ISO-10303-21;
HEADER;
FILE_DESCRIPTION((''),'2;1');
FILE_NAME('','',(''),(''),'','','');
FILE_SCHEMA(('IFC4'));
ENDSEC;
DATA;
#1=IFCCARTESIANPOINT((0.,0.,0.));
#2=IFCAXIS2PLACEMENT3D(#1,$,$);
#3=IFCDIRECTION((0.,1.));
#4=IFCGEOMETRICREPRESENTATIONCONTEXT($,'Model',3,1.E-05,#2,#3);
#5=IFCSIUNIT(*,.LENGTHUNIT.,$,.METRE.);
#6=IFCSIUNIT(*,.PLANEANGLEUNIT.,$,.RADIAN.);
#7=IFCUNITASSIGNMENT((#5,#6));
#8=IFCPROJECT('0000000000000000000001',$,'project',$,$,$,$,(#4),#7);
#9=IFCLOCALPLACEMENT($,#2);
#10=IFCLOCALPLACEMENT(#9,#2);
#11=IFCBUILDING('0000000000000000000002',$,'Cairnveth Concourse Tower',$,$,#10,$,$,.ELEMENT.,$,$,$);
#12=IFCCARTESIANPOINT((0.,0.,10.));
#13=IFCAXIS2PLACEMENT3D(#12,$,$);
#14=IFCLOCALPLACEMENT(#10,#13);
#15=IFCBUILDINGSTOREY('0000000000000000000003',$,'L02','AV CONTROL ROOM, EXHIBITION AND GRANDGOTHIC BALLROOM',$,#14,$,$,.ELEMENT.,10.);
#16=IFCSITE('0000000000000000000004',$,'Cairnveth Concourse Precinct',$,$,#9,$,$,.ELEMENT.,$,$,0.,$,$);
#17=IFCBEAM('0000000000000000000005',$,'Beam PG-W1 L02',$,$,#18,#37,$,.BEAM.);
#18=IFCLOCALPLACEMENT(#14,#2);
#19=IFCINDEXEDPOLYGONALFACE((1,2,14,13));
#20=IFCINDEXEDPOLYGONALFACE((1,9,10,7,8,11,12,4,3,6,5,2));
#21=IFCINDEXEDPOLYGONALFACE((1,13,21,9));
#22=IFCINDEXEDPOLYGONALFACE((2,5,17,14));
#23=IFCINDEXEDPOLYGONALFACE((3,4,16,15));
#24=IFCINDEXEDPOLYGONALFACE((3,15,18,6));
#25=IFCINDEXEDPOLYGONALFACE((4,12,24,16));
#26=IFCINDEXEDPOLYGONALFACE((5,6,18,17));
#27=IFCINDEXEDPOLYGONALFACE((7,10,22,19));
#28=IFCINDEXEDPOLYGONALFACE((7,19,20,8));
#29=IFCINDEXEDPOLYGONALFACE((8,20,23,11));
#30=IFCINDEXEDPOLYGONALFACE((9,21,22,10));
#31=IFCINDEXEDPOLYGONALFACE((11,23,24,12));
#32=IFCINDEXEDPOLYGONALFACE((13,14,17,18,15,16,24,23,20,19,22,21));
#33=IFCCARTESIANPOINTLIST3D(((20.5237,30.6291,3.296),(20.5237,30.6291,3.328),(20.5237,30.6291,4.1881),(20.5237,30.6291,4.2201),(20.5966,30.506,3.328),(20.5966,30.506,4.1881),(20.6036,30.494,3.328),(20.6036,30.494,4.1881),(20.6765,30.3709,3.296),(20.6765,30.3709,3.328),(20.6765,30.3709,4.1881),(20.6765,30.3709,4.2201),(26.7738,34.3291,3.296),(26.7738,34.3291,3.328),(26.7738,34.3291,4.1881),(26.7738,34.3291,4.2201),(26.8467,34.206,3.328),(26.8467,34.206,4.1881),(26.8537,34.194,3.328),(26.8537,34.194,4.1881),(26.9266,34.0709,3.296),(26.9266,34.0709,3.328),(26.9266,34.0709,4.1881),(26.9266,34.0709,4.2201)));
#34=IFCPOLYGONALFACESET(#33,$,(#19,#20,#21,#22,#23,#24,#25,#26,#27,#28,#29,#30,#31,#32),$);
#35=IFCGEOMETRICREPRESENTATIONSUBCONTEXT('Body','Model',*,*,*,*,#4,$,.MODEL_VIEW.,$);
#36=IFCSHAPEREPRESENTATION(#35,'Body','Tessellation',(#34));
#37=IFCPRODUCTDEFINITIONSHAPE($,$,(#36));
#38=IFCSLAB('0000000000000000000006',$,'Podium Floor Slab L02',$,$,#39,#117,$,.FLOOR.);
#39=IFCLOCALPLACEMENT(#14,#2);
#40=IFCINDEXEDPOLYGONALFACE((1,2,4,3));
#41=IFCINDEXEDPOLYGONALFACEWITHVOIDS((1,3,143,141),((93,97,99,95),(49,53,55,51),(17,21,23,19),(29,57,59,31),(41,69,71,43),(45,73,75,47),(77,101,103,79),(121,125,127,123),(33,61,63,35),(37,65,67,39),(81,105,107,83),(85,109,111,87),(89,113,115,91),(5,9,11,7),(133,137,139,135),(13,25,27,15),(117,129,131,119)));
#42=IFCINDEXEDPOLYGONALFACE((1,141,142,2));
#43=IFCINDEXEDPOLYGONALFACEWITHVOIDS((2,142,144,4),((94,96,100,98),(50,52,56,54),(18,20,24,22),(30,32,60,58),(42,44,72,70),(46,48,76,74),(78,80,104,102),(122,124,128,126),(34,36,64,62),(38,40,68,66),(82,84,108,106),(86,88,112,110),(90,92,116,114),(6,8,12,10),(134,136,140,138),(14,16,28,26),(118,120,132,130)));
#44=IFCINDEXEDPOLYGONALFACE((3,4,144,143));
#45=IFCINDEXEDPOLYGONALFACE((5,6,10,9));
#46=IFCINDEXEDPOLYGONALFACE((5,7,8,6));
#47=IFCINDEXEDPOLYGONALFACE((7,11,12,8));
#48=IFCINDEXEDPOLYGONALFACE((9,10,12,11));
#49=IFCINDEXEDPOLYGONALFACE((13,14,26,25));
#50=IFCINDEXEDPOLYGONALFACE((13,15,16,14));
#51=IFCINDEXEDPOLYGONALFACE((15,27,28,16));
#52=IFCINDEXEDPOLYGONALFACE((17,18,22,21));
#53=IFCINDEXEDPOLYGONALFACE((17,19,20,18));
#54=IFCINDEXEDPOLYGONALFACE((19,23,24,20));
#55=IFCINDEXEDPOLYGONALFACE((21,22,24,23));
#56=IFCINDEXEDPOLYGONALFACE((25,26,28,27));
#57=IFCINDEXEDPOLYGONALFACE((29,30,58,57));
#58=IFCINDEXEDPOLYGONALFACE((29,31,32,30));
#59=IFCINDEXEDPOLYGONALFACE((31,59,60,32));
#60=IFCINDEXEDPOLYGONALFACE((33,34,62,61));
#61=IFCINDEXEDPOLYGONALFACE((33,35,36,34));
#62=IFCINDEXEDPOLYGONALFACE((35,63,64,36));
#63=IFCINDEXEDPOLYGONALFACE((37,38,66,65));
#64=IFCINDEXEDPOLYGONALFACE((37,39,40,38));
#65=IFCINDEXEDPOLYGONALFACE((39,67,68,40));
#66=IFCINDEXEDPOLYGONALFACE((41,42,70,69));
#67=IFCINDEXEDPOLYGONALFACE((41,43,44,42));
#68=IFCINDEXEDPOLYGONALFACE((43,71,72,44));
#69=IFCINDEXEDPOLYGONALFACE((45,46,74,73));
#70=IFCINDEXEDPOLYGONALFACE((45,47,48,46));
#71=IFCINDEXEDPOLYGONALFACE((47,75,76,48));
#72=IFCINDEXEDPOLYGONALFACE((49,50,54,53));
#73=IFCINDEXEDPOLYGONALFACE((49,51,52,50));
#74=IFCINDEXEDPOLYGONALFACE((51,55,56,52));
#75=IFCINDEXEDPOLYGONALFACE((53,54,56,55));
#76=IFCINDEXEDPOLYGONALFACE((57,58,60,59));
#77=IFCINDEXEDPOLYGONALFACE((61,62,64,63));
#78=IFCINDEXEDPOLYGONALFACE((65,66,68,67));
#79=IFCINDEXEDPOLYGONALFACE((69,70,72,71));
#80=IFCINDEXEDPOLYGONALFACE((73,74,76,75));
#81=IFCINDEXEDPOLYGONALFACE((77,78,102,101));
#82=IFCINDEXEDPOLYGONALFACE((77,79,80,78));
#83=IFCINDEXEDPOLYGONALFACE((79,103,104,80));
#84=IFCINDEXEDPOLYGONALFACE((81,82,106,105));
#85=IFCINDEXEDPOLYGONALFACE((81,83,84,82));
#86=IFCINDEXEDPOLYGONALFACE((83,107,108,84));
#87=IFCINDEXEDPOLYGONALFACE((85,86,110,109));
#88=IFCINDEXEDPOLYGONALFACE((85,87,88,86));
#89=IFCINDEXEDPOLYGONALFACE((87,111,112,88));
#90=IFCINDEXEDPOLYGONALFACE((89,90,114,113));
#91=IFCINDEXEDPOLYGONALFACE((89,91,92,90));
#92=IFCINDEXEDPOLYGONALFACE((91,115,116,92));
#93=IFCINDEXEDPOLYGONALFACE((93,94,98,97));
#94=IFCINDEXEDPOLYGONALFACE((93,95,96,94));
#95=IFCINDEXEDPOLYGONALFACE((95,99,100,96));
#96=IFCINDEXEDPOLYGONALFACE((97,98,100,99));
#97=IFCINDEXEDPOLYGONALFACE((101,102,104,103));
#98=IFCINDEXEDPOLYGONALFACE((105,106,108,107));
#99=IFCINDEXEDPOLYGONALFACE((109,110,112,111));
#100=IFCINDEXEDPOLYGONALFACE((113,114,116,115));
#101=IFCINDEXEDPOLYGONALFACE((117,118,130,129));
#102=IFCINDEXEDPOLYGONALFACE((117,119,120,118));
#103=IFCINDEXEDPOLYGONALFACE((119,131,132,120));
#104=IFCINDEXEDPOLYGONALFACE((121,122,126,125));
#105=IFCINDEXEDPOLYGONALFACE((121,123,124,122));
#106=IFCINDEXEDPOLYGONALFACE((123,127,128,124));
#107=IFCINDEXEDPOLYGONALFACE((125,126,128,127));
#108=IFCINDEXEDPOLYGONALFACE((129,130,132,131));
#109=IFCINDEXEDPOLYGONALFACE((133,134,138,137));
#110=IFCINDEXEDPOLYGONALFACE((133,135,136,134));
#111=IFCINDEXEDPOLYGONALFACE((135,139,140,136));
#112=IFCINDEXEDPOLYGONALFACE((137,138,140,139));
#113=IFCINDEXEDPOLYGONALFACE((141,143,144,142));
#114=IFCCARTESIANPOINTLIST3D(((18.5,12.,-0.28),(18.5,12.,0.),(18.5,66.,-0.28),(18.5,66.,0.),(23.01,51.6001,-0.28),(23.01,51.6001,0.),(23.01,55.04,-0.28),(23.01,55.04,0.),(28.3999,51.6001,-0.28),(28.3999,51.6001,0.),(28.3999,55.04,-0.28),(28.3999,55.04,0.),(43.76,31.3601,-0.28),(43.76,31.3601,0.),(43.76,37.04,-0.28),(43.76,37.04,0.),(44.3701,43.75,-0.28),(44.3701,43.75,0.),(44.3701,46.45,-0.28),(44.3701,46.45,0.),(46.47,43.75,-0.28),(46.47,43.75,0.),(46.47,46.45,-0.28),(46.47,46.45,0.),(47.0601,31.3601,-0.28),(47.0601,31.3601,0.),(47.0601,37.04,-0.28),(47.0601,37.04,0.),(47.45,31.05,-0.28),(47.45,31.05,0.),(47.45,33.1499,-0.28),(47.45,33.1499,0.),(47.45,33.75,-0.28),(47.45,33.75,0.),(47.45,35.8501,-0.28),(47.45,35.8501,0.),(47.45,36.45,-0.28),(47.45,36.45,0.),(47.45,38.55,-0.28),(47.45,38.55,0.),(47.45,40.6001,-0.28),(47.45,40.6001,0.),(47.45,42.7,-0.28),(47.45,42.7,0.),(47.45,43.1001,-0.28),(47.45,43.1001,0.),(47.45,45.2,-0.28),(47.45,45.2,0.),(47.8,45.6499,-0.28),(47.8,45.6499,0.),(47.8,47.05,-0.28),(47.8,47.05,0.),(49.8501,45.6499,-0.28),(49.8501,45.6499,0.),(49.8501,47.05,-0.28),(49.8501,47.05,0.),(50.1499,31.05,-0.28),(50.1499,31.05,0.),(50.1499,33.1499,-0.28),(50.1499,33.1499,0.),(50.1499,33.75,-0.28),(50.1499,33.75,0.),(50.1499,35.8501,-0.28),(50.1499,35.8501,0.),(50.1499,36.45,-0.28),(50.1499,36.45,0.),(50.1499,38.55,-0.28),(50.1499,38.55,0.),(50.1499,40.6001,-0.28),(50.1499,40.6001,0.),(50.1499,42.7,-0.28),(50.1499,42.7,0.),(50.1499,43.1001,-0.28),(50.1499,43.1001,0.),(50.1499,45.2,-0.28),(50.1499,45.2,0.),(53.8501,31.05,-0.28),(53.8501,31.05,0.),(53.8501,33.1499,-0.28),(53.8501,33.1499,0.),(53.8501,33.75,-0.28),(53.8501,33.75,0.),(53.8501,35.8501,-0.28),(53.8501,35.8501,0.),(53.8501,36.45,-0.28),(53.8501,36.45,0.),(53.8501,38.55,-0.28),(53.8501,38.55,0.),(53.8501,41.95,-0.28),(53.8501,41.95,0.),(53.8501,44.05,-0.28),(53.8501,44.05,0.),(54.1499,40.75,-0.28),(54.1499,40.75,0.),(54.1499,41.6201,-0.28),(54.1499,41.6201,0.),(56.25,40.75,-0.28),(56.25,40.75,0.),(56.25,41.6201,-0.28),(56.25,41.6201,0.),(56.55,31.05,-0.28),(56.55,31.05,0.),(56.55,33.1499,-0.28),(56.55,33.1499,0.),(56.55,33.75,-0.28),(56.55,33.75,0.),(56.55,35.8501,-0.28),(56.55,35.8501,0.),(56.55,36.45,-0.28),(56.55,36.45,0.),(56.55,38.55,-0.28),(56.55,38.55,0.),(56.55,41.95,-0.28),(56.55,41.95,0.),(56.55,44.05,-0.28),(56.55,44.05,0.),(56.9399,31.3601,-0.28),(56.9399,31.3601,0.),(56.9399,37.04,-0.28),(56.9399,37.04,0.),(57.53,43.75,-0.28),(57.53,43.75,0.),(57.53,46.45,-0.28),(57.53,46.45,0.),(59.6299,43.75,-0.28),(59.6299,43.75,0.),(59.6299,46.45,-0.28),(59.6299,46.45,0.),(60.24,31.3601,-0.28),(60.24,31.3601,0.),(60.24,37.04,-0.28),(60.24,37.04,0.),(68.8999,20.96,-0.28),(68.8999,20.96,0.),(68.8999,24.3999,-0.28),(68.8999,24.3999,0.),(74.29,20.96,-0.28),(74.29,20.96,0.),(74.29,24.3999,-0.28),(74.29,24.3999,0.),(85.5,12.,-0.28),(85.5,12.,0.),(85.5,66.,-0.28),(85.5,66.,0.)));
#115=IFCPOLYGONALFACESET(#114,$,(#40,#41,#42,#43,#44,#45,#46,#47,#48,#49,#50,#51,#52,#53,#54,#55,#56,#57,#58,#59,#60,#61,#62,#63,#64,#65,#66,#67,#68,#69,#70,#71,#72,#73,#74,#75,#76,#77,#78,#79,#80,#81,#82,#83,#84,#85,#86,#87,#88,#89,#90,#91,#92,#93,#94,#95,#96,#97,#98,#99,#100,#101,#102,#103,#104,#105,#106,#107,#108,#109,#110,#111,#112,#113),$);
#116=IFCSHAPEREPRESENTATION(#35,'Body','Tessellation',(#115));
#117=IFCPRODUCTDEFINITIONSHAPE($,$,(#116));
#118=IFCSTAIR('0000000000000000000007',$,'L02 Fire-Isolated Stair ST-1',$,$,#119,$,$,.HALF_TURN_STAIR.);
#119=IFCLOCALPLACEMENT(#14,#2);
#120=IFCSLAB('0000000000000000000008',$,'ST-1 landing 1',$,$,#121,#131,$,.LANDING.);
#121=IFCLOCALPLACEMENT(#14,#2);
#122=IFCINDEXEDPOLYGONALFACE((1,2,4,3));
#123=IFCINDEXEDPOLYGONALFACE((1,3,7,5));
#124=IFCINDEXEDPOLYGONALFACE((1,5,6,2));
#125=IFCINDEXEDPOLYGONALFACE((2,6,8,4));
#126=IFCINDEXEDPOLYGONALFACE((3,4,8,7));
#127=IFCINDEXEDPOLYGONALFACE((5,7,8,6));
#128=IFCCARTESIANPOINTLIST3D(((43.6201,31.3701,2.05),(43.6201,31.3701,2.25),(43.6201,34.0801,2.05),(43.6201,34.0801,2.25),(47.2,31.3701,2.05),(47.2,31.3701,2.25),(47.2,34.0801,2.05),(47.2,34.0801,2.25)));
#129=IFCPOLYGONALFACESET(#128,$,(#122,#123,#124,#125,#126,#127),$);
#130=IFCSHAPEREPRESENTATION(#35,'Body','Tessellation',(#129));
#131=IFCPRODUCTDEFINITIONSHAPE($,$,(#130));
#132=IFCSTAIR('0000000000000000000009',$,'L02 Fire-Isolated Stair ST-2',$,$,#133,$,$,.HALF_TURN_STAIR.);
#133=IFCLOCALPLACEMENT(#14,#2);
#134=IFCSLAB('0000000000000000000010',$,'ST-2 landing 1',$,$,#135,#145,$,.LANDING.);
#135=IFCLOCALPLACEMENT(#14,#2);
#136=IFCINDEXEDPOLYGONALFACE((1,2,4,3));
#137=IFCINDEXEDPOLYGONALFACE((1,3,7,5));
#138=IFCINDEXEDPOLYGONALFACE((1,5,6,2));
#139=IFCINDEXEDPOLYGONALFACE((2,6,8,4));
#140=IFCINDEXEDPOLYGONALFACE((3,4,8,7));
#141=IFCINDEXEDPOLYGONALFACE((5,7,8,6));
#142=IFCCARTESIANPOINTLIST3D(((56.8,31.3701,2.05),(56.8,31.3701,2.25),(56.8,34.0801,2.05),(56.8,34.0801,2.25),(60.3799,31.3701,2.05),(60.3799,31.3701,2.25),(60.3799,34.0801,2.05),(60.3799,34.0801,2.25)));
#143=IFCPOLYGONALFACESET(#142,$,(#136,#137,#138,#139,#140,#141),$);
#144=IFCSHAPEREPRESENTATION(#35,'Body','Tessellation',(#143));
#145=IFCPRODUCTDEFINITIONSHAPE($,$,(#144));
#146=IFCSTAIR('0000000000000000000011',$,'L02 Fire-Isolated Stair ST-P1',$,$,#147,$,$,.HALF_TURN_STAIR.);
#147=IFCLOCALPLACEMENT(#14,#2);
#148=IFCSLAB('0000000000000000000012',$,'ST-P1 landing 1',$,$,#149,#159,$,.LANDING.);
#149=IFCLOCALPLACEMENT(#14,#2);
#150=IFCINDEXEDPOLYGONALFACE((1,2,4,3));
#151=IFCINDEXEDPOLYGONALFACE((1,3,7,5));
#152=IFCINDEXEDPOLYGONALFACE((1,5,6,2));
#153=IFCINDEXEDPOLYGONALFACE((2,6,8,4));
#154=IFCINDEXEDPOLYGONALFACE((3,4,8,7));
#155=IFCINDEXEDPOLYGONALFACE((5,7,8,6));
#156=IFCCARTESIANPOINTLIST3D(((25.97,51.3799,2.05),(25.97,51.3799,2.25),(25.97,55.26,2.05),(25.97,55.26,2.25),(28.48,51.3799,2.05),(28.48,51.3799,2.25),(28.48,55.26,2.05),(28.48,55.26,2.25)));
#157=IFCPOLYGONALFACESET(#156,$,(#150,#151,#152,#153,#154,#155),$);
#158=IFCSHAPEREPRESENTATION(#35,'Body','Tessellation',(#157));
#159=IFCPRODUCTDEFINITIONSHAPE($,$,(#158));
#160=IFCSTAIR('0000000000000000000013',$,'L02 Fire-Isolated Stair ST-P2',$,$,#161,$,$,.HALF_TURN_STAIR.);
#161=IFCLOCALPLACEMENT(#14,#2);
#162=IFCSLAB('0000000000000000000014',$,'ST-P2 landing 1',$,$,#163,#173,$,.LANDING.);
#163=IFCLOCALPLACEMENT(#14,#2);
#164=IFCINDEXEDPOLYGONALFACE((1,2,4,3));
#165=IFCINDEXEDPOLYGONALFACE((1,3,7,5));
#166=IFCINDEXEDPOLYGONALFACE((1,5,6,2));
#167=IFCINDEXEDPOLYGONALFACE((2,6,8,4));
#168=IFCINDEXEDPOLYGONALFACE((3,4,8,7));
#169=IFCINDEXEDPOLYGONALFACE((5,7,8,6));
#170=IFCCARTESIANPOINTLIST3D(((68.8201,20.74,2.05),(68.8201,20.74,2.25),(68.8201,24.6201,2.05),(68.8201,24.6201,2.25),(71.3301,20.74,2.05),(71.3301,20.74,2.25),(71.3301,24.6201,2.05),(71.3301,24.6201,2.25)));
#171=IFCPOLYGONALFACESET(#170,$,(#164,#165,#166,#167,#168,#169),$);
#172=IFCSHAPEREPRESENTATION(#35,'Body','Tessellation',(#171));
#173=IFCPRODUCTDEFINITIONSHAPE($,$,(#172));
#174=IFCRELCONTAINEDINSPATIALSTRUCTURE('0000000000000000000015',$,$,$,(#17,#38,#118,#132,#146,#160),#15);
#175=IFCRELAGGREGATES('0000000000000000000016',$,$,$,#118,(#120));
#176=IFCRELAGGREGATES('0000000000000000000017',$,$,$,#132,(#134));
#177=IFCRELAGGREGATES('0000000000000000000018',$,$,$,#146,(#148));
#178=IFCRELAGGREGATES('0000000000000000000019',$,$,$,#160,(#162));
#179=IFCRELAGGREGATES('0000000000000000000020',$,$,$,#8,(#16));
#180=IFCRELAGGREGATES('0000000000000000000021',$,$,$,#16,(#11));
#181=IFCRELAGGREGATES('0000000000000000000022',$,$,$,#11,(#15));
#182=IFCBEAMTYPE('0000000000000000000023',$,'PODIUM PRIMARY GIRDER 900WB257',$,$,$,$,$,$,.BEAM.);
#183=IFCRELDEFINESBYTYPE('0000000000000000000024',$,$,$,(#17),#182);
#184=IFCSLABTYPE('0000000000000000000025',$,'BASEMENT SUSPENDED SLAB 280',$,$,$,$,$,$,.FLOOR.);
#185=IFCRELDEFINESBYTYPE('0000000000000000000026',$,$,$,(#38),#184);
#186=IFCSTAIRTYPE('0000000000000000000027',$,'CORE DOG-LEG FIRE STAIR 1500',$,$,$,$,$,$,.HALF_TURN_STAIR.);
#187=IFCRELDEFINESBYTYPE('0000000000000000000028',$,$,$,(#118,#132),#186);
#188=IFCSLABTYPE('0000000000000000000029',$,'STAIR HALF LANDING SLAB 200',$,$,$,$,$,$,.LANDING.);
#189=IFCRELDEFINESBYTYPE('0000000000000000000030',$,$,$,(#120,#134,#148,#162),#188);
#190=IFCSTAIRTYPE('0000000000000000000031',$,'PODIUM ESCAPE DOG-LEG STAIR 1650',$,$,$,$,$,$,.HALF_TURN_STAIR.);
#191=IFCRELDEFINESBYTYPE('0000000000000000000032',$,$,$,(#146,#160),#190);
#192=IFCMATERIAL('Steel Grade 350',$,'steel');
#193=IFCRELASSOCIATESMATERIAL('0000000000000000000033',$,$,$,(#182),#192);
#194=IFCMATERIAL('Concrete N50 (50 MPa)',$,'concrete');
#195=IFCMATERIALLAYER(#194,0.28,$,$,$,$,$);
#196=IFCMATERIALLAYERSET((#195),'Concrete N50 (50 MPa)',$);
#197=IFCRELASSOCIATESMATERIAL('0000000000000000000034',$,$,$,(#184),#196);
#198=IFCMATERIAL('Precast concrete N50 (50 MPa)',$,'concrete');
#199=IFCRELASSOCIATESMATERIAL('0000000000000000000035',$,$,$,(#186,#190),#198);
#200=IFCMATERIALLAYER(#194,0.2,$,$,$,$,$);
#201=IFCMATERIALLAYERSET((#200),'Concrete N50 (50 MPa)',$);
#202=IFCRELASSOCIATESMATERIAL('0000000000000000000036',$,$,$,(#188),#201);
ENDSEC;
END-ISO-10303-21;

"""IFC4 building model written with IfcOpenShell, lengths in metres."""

from ifc_helpers import new_model, si_unit, direction, frame, origin, origin_2d, place, context, subcontext, project, spatial, polyline, i_section, outline, extrude, material, layer, layer_set, material_profile, profile_set, type_object, element, aggregate, save


model = new_model("IFC4")

# Units and contexts
model_context = context("Model", 3, precision=1e-05, world=origin(), true_north=direction((0.0, 1.0)))
body_context = subcontext(model_context, "Body", "Model", "MODEL_VIEW")
ifc_project = project(units=[si_unit("LENGTHUNIT", "METRE"), si_unit("PLANEANGLEUNIT", "RADIAN")], contexts=[model_context])

# Site, building, storey
site_placement = place(None, origin())
site = spatial("IfcSite", under=ifc_project, at=site_placement, Name="Cairnveth Concourse Precinct", CompositionType="ELEMENT", RefElevation=0.0)
building_placement = place(site_placement, origin())
building = spatial("IfcBuilding", under=site, at=building_placement, Name="Cairnveth Concourse Tower", CompositionType="ELEMENT")
storey_placement = place(building_placement, frame((0.0, 0.0, 10.0)))
storey = spatial("IfcBuildingStorey", under=building, at=storey_placement, Name="L02", Description="AV CONTROL ROOM, EXHIBITION AND GRANDGOTHIC BALLROOM", CompositionType="ELEMENT", Elevation=10.0)

# Shared definitions
ifc_material_1 = material(Name="Steel Grade 350", Category="steel")

# Beam
ifc_material_profile_1 = material_profile(ifc_material_1, i_section(OverallWidth=0.3, OverallDepth=0.9241, WebThickness=0.0139, FlangeThickness=0.032, at=origin_2d()), Name="900WB257")
ifc_profile_set_1 = profile_set([ifc_material_profile_1], Name="Steel Grade 350")
beam_type_1 = type_object("IfcBeamType", Name="PODIUM PRIMARY GIRDER 900WB257", PredefinedType="BEAM", material=ifc_profile_set_1)
beam_1_placement = place(storey_placement, frame((20.6001, 30.5, 3.7581), z_axis=(0.860518, 0.50942, 0.0), x_axis=(-0.50942, 0.860518, 0.0)))
element("IfcBeam", 1, at=beam_1_placement, inside=storey, type_object=beam_type_1, Name="Beam PG-W1 L02", PredefinedType="BEAM", context=body_context, shape_type="SweptSolid", body=[
    extrude(i_section(OverallWidth=0.3, OverallDepth=0.9241, WebThickness=0.0139, FlangeThickness=0.032, at=origin_2d()), origin(), (0.0, 0.0, 1.0), 7.2632),
])

# Slab
ifc_material_2 = material(Name="Concrete N50 (50 MPa)", Category="concrete")
ifc_layer_1 = layer(ifc_material_2, 0.28)
ifc_layer_set_1 = layer_set([ifc_layer_1], Name="Concrete N50 (50 MPa)")
slab_type_1 = type_object("IfcSlabType", Name="BASEMENT SUSPENDED SLAB 280", PredefinedType="FLOOR", material=ifc_layer_set_1)
slab_1_placement = place(storey_placement, frame((0.0, 0.0, -0.28)))
element("IfcSlab", 2, at=slab_1_placement, inside=storey, type_object=slab_type_1, Name="Podium Floor Slab L02", PredefinedType="FLOOR", context=body_context, shape_type="SweptSolid", body=[
    extrude(outline(polyline([(18.5, 12.0), (85.5, 12.0), (85.5, 66.0), (18.5, 66.0), (18.5, 12.0)]), holes=[polyline([(43.76, 31.3601), (47.0601, 31.3601), (47.0601, 37.04), (43.76, 37.04), (43.76, 31.3601)]), polyline([(56.9399, 31.3601), (60.24, 31.3601), (60.24, 37.04), (56.9399, 37.04), (56.9399, 31.3601)]), polyline([(23.01, 51.6001), (28.3999, 51.6001), (28.3999, 55.04), (23.01, 55.04), (23.01, 51.6001)]), polyline([(74.29, 24.3999), (68.8999, 24.3999), (68.8999, 20.96), (74.29, 20.96), (74.29, 24.3999)]), polyline([(44.3701, 43.75), (46.47, 43.75), (46.47, 46.45), (44.3701, 46.45), (44.3701, 43.75)]), polyline([(57.53, 43.75), (59.6299, 43.75), (59.6299, 46.45), (57.53, 46.45), (57.53, 43.75)]), polyline([(47.45, 31.05), (50.1499, 31.05), (50.1499, 33.1499), (47.45, 33.1499), (47.45, 31.05)]), polyline([(47.45, 33.75), (50.1499, 33.75), (50.1499, 35.8501), (47.45, 35.8501), (47.45, 33.75)]), polyline([(47.45, 36.45), (50.1499, 36.45), (50.1499, 38.55), (47.45, 38.55), (47.45, 36.45)]), polyline([(53.8501, 31.05), (56.55, 31.05), (56.55, 33.1499), (53.8501, 33.1499), (53.8501, 31.05)]), polyline([(53.8501, 33.75), (56.55, 33.75), (56.55, 35.8501), (53.8501, 35.8501), (53.8501, 33.75)]), polyline([(53.8501, 36.45), (56.55, 36.45), (56.55, 38.55), (53.8501, 38.55), (53.8501, 36.45)]), polyline([(47.45, 40.6001), (50.1499, 40.6001), (50.1499, 42.7), (47.45, 42.7), (47.45, 40.6001)]), polyline([(47.45, 43.1001), (50.1499, 43.1001), (50.1499, 45.2), (47.45, 45.2), (47.45, 43.1001)]), polyline([(53.8501, 41.95), (56.55, 41.95), (56.55, 44.05), (53.8501, 44.05), (53.8501, 41.95)]), polyline([(47.8, 45.6499), (49.8501, 45.6499), (49.8501, 47.05), (47.8, 47.05), (47.8, 45.6499)]), polyline([(54.1499, 40.75), (56.25, 40.75), (56.25, 41.6201), (54.1499, 41.6201), (54.1499, 40.75)])]), origin(), (0.0, 0.0, 1.0), 0.28),
])

# Stairs, slabs
ifc_material_3 = material(Name="Precast concrete N50 (50 MPa)", Category="concrete")
stair_type_1 = type_object("IfcStairType", Name="CORE DOG-LEG FIRE STAIR 1500", PredefinedType="HALF_TURN_STAIR", material=ifc_material_3)
stair_1_placement = place(storey_placement, origin())
stair_1 = element("IfcStair", 3, at=stair_1_placement, inside=storey, type_object=stair_type_1, Name="L02 Fire-Isolated Stair ST-1", PredefinedType="HALF_TURN_STAIR")
ifc_layer_2 = layer(ifc_material_2, 0.2)
ifc_layer_set_2 = layer_set([ifc_layer_2], Name="Concrete N50 (50 MPa)")
slab_type_2 = type_object("IfcSlabType", Name="STAIR HALF LANDING SLAB 200", PredefinedType="LANDING", material=ifc_layer_set_2)
slab_2_placement = place(storey_placement, frame((0.0, 0.0, 2.05)))
slab_2 = element("IfcSlab", 4, at=slab_2_placement, type_object=slab_type_2, Name="ST-1 landing 1", PredefinedType="LANDING", context=body_context, shape_type="SweptSolid", body=[
    extrude(outline(polyline([(43.6201, 34.0801), (43.6201, 31.3701), (47.2, 31.3701), (47.2, 34.0801), (43.6201, 34.0801)])), origin(), (0.0, 0.0, 1.0), 0.2),
])
aggregate(stair_1, [slab_2])
stair_2_placement = place(storey_placement, origin())
stair_2 = element("IfcStair", 5, at=stair_2_placement, inside=storey, type_object=stair_type_1, Name="L02 Fire-Isolated Stair ST-2", PredefinedType="HALF_TURN_STAIR")
slab_3_placement = place(storey_placement, frame((0.0, 0.0, 2.05)))
slab_3 = element("IfcSlab", 6, at=slab_3_placement, type_object=slab_type_2, Name="ST-2 landing 1", PredefinedType="LANDING", context=body_context, shape_type="SweptSolid", body=[
    extrude(outline(polyline([(56.8, 34.0801), (56.8, 31.3701), (60.3799, 31.3701), (60.3799, 34.0801), (56.8, 34.0801)])), origin(), (0.0, 0.0, 1.0), 0.2),
])
aggregate(stair_2, [slab_3])
stair_type_2 = type_object("IfcStairType", Name="PODIUM ESCAPE DOG-LEG STAIR 1650", PredefinedType="HALF_TURN_STAIR", material=ifc_material_3)
stair_3_placement = place(storey_placement, origin())
stair_3 = element("IfcStair", 7, at=stair_3_placement, inside=storey, type_object=stair_type_2, Name="L02 Fire-Isolated Stair ST-P1", PredefinedType="HALF_TURN_STAIR")
slab_4_placement = place(storey_placement, frame((0.0, 0.0, 2.05)))
slab_4 = element("IfcSlab", 8, at=slab_4_placement, type_object=slab_type_2, Name="ST-P1 landing 1", PredefinedType="LANDING", context=body_context, shape_type="SweptSolid", body=[
    extrude(outline(polyline([(25.97, 51.3799), (28.48, 51.3799), (28.48, 55.26), (25.97, 55.26), (25.97, 51.3799)])), origin(), (0.0, 0.0, 1.0), 0.2),
])
aggregate(stair_3, [slab_4])
stair_4_placement = place(storey_placement, origin())
stair_4 = element("IfcStair", 9, at=stair_4_placement, inside=storey, type_object=stair_type_2, Name="L02 Fire-Isolated Stair ST-P2", PredefinedType="HALF_TURN_STAIR")
slab_5_placement = place(storey_placement, frame((0.0, 0.0, 2.05)))
slab_5 = element("IfcSlab", 10, at=slab_5_placement, type_object=slab_type_2, Name="ST-P2 landing 1", PredefinedType="LANDING", context=body_context, shape_type="SweptSolid", body=[
    extrude(outline(polyline([(71.3301, 24.6201), (68.8201, 24.6201), (68.8201, 20.74), (71.3301, 20.74), (71.3301, 24.6201)])), origin(), (0.0, 0.0, 1.0), 0.2),
])
aggregate(stair_4, [slab_5])

save(model, "model.ifc")
